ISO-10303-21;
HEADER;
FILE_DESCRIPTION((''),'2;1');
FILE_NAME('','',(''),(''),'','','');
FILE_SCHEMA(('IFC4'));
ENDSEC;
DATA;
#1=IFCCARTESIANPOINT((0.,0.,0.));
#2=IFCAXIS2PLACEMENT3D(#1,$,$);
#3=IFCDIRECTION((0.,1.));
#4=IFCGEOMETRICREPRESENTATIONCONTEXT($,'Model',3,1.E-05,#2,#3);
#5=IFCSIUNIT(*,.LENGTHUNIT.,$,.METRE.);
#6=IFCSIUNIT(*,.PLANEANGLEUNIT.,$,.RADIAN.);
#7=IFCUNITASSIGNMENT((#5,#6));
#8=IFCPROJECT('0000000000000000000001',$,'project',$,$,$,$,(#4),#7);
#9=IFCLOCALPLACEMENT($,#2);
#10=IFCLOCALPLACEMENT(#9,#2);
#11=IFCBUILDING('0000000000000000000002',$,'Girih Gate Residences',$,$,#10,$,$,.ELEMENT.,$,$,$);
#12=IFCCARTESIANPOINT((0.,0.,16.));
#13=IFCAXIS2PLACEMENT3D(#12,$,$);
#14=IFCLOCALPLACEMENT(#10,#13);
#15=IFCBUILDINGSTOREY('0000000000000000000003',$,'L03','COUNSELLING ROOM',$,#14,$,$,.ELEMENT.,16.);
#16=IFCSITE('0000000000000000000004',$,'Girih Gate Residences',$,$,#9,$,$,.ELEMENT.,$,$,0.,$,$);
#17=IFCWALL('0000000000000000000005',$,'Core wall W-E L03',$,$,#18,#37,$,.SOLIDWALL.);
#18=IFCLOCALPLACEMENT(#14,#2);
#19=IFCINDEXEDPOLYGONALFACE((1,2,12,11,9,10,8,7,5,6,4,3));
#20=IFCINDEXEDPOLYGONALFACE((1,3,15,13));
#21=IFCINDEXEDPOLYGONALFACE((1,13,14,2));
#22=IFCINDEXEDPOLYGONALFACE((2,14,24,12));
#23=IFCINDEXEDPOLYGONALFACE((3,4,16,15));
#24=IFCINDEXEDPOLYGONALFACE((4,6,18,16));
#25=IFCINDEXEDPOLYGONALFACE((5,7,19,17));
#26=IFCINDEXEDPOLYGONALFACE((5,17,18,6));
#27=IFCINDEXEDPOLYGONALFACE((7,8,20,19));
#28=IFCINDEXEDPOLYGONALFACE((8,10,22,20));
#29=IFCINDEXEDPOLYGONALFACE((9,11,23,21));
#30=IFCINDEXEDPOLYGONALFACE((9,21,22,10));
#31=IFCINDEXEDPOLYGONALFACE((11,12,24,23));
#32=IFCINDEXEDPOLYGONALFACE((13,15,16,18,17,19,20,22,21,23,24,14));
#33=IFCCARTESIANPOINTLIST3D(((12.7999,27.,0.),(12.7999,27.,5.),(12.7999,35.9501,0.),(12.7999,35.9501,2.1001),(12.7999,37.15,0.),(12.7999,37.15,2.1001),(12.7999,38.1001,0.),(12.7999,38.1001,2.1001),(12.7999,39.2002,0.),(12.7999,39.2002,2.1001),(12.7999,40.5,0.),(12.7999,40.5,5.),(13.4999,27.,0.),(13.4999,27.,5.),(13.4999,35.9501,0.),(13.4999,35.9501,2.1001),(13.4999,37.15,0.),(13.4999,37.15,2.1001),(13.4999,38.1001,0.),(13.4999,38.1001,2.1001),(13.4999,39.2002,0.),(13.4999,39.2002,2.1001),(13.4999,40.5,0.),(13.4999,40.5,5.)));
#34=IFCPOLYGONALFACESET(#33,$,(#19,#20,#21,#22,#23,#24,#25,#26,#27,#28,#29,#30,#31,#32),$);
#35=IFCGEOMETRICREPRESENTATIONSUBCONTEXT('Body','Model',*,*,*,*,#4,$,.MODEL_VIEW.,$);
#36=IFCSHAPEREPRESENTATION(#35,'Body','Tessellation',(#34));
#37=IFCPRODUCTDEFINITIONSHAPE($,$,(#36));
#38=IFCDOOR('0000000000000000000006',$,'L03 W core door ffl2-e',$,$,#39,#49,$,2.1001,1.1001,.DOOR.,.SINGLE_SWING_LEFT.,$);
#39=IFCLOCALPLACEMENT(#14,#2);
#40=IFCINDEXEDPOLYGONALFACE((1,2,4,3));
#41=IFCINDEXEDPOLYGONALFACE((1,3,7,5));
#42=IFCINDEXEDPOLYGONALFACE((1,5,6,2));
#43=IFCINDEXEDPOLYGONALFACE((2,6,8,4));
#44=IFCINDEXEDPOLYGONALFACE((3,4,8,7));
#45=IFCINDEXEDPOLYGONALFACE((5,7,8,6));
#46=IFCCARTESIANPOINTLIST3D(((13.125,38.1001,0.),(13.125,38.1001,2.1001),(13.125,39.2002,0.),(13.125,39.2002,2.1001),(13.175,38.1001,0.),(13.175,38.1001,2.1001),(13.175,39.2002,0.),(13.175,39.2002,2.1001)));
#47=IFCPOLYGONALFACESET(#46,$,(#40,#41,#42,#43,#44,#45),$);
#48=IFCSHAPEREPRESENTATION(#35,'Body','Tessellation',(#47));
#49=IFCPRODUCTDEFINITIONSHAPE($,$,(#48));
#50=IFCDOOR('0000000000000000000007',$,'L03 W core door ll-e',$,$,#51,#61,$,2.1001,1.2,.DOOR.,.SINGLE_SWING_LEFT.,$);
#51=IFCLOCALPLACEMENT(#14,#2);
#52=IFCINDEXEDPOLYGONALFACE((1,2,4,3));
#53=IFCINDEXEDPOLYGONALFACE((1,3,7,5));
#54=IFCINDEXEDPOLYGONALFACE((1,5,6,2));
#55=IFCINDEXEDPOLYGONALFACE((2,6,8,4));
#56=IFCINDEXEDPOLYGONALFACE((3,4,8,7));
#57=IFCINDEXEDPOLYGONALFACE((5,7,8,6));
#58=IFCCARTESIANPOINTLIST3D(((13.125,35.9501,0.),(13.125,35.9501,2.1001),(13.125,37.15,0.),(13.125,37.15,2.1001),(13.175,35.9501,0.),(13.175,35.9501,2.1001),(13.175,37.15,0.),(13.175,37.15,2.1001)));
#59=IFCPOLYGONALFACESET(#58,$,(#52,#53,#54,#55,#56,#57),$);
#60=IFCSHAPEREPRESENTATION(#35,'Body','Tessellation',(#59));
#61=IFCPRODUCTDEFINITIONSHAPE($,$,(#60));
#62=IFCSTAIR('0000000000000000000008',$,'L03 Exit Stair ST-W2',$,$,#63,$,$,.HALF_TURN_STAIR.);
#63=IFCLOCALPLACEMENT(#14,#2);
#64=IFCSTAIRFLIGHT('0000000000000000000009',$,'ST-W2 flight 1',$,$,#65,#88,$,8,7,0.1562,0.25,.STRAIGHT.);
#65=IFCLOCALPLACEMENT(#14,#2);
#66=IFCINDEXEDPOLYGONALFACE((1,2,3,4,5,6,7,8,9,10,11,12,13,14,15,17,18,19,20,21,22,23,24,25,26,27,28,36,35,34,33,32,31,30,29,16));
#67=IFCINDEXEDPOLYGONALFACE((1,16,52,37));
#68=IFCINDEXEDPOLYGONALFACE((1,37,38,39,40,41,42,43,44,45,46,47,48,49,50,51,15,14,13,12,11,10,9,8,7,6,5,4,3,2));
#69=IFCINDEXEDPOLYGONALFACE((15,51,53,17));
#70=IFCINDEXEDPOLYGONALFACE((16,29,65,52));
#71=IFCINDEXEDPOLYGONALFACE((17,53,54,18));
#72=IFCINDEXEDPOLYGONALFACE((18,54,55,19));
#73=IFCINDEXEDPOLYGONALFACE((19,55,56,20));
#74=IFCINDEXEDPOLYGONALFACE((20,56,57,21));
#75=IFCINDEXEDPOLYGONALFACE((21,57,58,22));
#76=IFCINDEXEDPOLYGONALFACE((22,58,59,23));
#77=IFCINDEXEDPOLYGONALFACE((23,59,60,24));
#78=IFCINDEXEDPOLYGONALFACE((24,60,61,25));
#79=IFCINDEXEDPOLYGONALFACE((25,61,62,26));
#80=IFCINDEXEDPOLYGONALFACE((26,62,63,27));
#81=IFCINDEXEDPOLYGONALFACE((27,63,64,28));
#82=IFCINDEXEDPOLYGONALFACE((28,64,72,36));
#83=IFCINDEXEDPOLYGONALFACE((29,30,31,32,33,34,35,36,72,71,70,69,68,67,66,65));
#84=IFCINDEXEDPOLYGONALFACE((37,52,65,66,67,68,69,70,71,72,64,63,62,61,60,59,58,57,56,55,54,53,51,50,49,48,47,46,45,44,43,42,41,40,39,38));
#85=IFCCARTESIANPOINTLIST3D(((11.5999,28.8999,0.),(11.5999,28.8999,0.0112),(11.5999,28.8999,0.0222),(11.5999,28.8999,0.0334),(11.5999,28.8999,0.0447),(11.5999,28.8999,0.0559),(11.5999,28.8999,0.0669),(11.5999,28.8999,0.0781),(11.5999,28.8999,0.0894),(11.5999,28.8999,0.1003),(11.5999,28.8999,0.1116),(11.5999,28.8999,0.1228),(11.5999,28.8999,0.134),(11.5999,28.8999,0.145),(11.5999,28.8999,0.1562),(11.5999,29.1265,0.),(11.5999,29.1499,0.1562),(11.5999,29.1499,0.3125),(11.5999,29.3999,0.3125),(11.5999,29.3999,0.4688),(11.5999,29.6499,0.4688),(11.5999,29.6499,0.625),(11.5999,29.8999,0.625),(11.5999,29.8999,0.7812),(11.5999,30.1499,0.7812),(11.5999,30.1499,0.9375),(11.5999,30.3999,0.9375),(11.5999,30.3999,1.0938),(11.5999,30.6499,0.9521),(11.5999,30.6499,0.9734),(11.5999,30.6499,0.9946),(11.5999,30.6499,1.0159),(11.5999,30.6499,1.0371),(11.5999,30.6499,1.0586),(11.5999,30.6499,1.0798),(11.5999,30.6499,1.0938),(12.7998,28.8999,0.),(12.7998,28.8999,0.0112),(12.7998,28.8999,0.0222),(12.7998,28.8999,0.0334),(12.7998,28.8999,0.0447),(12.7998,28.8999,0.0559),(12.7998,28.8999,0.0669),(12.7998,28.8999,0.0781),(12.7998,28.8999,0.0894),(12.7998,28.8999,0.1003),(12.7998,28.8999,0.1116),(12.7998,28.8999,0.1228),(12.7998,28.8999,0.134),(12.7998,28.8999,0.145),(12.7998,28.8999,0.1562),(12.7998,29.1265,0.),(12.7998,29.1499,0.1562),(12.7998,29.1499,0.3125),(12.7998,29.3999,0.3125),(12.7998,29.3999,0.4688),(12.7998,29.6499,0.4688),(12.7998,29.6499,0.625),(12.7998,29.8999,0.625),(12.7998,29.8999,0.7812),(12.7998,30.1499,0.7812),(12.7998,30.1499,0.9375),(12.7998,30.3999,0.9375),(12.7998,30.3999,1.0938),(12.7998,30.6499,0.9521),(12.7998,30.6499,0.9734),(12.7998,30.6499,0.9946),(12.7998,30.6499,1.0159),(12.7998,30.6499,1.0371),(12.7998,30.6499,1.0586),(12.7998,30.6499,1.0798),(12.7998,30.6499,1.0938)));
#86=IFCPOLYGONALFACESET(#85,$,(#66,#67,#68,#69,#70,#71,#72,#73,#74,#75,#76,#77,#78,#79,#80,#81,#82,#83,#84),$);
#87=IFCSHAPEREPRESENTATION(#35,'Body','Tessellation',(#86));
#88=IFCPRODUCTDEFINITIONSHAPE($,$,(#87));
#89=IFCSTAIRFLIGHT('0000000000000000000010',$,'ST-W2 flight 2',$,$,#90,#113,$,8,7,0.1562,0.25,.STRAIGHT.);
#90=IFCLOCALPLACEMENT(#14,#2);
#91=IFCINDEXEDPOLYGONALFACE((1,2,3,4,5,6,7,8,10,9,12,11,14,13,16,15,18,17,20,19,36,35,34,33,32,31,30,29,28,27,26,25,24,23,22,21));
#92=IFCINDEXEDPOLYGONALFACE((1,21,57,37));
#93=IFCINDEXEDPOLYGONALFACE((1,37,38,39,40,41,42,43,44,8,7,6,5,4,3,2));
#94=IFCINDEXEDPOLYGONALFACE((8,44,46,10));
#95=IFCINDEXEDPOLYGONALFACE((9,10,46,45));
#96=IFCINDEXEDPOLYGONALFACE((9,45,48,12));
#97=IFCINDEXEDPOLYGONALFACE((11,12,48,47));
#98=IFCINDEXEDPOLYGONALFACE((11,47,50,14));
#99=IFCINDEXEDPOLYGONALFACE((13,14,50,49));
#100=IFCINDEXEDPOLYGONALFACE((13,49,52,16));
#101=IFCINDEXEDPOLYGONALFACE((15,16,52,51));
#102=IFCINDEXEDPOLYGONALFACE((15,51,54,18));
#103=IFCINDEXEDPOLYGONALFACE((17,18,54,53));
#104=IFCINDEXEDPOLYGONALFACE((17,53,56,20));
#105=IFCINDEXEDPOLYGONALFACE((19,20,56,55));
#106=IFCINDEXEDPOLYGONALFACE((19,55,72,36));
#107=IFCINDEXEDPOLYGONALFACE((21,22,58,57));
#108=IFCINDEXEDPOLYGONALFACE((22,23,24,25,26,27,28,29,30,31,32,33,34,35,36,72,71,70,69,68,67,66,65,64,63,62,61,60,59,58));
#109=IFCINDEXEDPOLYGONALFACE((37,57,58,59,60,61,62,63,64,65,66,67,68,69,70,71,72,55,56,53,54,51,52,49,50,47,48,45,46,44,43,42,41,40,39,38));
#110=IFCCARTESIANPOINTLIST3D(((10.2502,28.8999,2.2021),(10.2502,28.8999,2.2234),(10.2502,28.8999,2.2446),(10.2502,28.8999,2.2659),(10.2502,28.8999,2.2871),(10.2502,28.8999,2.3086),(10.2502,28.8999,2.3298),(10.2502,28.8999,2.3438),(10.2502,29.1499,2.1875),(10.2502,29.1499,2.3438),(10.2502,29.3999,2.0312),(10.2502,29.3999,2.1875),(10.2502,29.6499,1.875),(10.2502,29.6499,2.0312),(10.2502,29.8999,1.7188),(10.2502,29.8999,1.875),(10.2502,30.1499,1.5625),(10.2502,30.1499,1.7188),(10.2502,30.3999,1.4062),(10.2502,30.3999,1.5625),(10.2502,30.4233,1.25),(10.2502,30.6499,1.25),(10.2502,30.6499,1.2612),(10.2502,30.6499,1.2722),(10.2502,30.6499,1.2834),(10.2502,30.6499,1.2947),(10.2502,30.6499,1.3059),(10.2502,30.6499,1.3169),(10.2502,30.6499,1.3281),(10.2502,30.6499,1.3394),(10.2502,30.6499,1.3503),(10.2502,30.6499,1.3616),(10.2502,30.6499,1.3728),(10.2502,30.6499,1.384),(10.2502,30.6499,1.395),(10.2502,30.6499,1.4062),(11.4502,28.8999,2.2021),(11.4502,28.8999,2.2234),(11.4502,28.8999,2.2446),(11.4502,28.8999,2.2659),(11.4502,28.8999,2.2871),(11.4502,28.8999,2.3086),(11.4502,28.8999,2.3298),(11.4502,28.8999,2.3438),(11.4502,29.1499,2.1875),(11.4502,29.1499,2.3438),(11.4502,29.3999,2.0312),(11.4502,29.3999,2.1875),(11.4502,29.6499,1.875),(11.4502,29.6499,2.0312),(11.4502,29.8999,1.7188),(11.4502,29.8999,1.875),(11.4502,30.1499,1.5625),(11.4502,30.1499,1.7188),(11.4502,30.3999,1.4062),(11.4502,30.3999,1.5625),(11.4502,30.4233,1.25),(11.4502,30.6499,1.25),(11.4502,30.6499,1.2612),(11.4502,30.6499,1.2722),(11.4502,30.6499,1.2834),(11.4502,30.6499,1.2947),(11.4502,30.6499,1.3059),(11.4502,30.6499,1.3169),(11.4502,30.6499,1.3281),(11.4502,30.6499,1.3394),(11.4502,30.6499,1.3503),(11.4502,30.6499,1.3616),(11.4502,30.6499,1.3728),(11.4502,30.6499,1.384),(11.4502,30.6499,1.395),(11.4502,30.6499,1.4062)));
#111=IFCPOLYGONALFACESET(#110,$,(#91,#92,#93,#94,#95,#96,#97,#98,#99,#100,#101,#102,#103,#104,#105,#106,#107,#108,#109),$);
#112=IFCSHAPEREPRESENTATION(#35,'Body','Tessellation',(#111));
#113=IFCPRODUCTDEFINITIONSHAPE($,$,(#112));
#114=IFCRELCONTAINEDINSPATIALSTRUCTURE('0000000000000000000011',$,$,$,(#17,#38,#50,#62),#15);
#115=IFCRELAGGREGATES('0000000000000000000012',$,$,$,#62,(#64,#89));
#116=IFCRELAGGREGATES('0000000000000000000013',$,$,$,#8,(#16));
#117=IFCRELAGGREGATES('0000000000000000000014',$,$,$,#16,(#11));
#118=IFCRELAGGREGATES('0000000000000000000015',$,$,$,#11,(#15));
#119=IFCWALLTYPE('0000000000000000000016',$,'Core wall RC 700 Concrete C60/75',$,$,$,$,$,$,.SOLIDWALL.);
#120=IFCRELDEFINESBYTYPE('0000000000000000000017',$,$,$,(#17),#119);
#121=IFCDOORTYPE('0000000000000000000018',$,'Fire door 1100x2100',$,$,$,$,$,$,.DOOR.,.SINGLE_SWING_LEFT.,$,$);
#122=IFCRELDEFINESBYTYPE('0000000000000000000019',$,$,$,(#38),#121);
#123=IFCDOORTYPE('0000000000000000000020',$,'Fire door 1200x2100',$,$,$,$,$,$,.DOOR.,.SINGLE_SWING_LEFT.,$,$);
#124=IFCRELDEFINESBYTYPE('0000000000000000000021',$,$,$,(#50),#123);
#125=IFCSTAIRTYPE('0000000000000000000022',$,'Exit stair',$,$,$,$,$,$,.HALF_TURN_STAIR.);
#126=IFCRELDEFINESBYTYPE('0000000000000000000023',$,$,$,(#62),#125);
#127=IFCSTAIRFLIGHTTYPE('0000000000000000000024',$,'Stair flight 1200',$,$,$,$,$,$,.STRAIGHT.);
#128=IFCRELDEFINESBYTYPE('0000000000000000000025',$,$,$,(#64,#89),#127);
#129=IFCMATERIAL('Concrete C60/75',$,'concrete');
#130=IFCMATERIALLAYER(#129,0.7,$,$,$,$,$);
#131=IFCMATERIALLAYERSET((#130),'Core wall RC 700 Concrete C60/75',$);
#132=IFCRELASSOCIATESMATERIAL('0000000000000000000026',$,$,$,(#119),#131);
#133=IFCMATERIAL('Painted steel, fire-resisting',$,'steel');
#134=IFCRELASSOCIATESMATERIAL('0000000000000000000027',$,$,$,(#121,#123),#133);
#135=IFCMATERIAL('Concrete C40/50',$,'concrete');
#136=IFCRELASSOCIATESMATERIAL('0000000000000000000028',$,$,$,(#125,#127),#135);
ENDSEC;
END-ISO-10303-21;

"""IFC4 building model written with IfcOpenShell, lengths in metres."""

from ifc_helpers import new_model, si_unit, direction, frame, frame_2d, origin, place, context, subcontext, project, spatial, polyline, rectangle, outline, extrude, material, layer, layer_set, type_object, element, fill, aggregate, save


model = new_model("IFC4")

# Units and contexts
model_context = context("Model", 3, precision=1e-05, world=origin(), true_north=direction((0.0, 1.0)))
body_context = subcontext(model_context, "Body", "Model", "MODEL_VIEW")
ifc_project = project(units=[si_unit("LENGTHUNIT", "METRE"), si_unit("PLANEANGLEUNIT", "RADIAN")], contexts=[model_context])

# Site, building, storey
site_placement = place(None, origin())
site = spatial("IfcSite", under=ifc_project, at=site_placement, Name="Girih Gate Residences", CompositionType="ELEMENT", RefElevation=0.0)
building_placement = place(site_placement, origin())
building = spatial("IfcBuilding", under=site, at=building_placement, Name="Girih Gate Residences", CompositionType="ELEMENT")
storey_placement = place(building_placement, frame((0.0, 0.0, 16.0)))
storey = spatial("IfcBuildingStorey", under=building, at=storey_placement, Name="L03", Description="COUNSELLING ROOM", CompositionType="ELEMENT", Elevation=16.0)

# Shared definitions
ifc_material_1 = material(Name="Concrete C60/75", Category="concrete")

# Wall, openings, doors
ifc_layer_1 = layer(ifc_material_1, 0.7)
ifc_layer_set_1 = layer_set([ifc_layer_1], Name="Core wall RC 700 Concrete C60/75")
wall_type = type_object("IfcWallType", Name="Core wall RC 700 Concrete C60/75", PredefinedType="SOLIDWALL", material=ifc_layer_set_1)
wall_placement = place(storey_placement, frame((13.1499, 27.0, 0.0), z_axis=(0.0, 0.0, 1.0), x_axis=(0.0, 1.0, 0.0)))
wall = element("IfcWall", 1, at=wall_placement, inside=storey, type_object=wall_type, Name="Core wall W-E L03", PredefinedType="SOLIDWALL", context=body_context, shape_type="SweptSolid", body=[
    extrude(rectangle(XDim=13.5, YDim=0.7, at=frame_2d((6.75, 0.0))), origin(), (0.0, 0.0, 1.0), 5.0),
])
opening_1_placement = place(wall_placement, frame((11.1001, 0.0, 0.0)))
opening_1 = element("IfcOpeningElement", 2, at=opening_1_placement, cuts=wall, PredefinedType="OPENING", context=body_context, shape_type="SweptSolid", body=[
    extrude(rectangle(XDim=1.1001, YDim=2.1001, at=frame_2d((0.55, 1.05))), frame((0.0, 0.3599, 0.0), z_axis=(0.0, -1.0, 0.0), x_axis=(1.0, 0.0, 0.0)), (0.0, 0.0, 1.0), 0.72),
])
opening_2_placement = place(wall_placement, frame((8.95, 0.0, 0.0)))
opening_2 = element("IfcOpeningElement", 3, at=opening_2_placement, cuts=wall, PredefinedType="OPENING", context=body_context, shape_type="SweptSolid", body=[
    extrude(rectangle(XDim=1.2, YDim=2.1001, at=frame_2d((0.6001, 1.05))), frame((0.0, 0.3599, 0.0), z_axis=(0.0, -1.0, 0.0), x_axis=(1.0, 0.0, 0.0)), (0.0, 0.0, 1.0), 0.72),
])
ifc_material_2 = material(Name="Painted steel, fire-resisting", Category="steel")
door_type_1 = type_object("IfcDoorType", Name="Fire door 1100x2100", OperationType="SINGLE_SWING_LEFT", PredefinedType="DOOR", material=ifc_material_2)
door_1_placement = place(opening_1_placement, origin())
door_1 = element("IfcDoor", 4, at=door_1_placement, inside=storey, type_object=door_type_1, Name="L03 W core door ffl2-e", OperationType="SINGLE_SWING_LEFT", OverallHeight=2.1001, OverallWidth=1.1001, PredefinedType="DOOR", context=body_context, shape_type="SweptSolid", body=[
    extrude(rectangle(XDim=1.1001, YDim=2.1001, at=frame_2d((0.55, 1.05))), frame((0.0, 0.0249, 0.0), z_axis=(0.0, -1.0, 0.0), x_axis=(1.0, 0.0, 0.0)), (0.0, 0.0, 1.0), 0.05),
])
fill(opening_1, door_1)
door_type_2 = type_object("IfcDoorType", Name="Fire door 1200x2100", OperationType="SINGLE_SWING_LEFT", PredefinedType="DOOR", material=ifc_material_2)
door_2_placement = place(opening_2_placement, origin())
door_2 = element("IfcDoor", 5, at=door_2_placement, inside=storey, type_object=door_type_2, Name="L03 W core door ll-e", OperationType="SINGLE_SWING_LEFT", OverallHeight=2.1001, OverallWidth=1.2, PredefinedType="DOOR", context=body_context, shape_type="SweptSolid", body=[
    extrude(rectangle(XDim=1.2, YDim=2.1001, at=frame_2d((0.6001, 1.05))), frame((0.0, 0.0249, 0.0), z_axis=(0.0, -1.0, 0.0), x_axis=(1.0, 0.0, 0.0)), (0.0, 0.0, 1.0), 0.05),
])
fill(opening_2, door_2)

# Stair, stair flights
ifc_material_3 = material(Name="Concrete C40/50", Category="concrete")
stair_type = type_object("IfcStairType", Name="Exit stair", PredefinedType="HALF_TURN_STAIR", material=ifc_material_3)
stair_placement = place(storey_placement, origin())
stair = element("IfcStair", 6, at=stair_placement, inside=storey, type_object=stair_type, Name="L03 Exit Stair ST-W2", PredefinedType="HALF_TURN_STAIR")
stair_flight_type = type_object("IfcStairFlightType", Name="Stair flight 1200", PredefinedType="STRAIGHT", material=ifc_material_3)
stair_flight_1_placement = place(storey_placement, frame((12.2, 28.8999, 0.0), z_axis=(0.0, 0.0, 1.0), x_axis=(0.0, 1.0, 0.0)))
stair_flight_1 = element("IfcStairFlight", 7, at=stair_flight_1_placement, type_object=stair_flight_type, Name="ST-W2 flight 1", NumberOfRisers=8, NumberOfTreads=7, PredefinedType="STRAIGHT", RiserHeight=0.1562, TreadLength=0.25, context=body_context, shape_type="SweptSolid", body=[
    extrude(outline(polyline([(0.0, 0.0), (0.0, 0.0112), (0.0, 0.0222), (0.0, 0.0334), (0.0, 0.0447), (0.0, 0.0559), (0.0, 0.0669), (0.0, 0.0781), (0.0, 0.0894), (0.0, 0.1003), (0.0, 0.1116), (0.0, 0.1228), (0.0, 0.134), (0.0, 0.145), (0.0, 0.1562), (0.25, 0.1562), (0.25, 0.3125), (0.5, 0.3125), (0.5, 0.4688), (0.75, 0.4688), (0.75, 0.625), (1.0, 0.625), (1.0, 0.7812), (1.25, 0.7812), (1.25, 0.9375), (1.5, 0.9375), (1.5, 1.0938), (1.75, 1.0938), (1.75, 1.105), (1.75, 1.116), (1.75, 1.1272), (1.75, 1.1384), (1.75, 1.1497), (1.75, 1.1606), (1.75, 1.1719), (1.75, 1.1831), (1.75, 1.1941), (1.75, 1.2053), (1.75, 1.2166), (1.75, 1.2278), (1.75, 1.2388), (1.75, 1.25), (1.75, 1.2288), (1.75, 1.2075), (1.75, 1.1863), (1.75, 1.1648), (1.75, 1.1436), (1.75, 1.1223), (1.75, 1.1011), (1.75, 1.0798), (1.75, 1.0586), (1.75, 1.0371), (1.75, 1.0159), (1.75, 0.9946), (1.75, 0.9734), (1.75, 0.9521), (0.2266, 0.0), (0.0, 0.0)])), frame((0.0, 0.6001, 0.0), z_axis=(0.0, -1.0, 0.0), x_axis=(1.0, 0.0, 0.0)), (0.0, 0.0, 1.0), 1.2),
])
stair_flight_2_placement = place(storey_placement, frame((10.8501, 30.6499, 1.25), z_axis=(0.0, 0.0, 1.0), x_axis=(0.0, -1.0, 0.0)))
stair_flight_2 = element("IfcStairFlight", 8, at=stair_flight_2_placement, type_object=stair_flight_type, Name="ST-W2 flight 2", NumberOfRisers=8, NumberOfTreads=7, PredefinedType="STRAIGHT", RiserHeight=0.1562, TreadLength=0.25, context=body_context, shape_type="SweptSolid", body=[
    extrude(outline(polyline([(0.0, 0.0), (0.0, 0.0112), (0.0, 0.0222), (0.0, 0.0334), (0.0, 0.0447), (0.0, 0.0559), (0.0, 0.0669), (0.0, 0.0781), (0.0, 0.0894), (0.0, 0.1003), (0.0, 0.1116), (0.0, 0.1228), (0.0, 0.134), (0.0, 0.145), (0.0, 0.1562), (0.25, 0.1562), (0.25, 0.3125), (0.5, 0.3125), (0.5, 0.4688), (0.75, 0.4688), (0.75, 0.625), (1.0, 0.625), (1.0, 0.7812), (1.25, 0.7812), (1.25, 0.9375), (1.5, 0.9375), (1.5, 1.0938), (1.75, 1.0938), (1.75, 1.105), (1.75, 1.116), (1.75, 1.1272), (1.75, 1.1384), (1.75, 1.1497), (1.75, 1.1606), (1.75, 1.1719), (1.75, 1.1831), (1.75, 1.1941), (1.75, 1.2053), (1.75, 1.2166), (1.75, 1.2278), (1.75, 1.2388), (1.75, 1.25), (1.75, 1.2288), (1.75, 1.2075), (1.75, 1.1863), (1.75, 1.1648), (1.75, 1.1436), (1.75, 1.1223), (1.75, 1.1011), (1.75, 1.0798), (1.75, 1.0586), (1.75, 1.0371), (1.75, 1.0159), (1.75, 0.9946), (1.75, 0.9734), (1.75, 0.9521), (0.2266, 0.0), (0.0, 0.0)])), frame((0.0, 0.6001, 0.0), z_axis=(0.0, -1.0, 0.0), x_axis=(1.0, 0.0, 0.0)), (0.0, 0.0, 1.0), 1.2),
])
aggregate(stair, [stair_flight_1, stair_flight_2])

save(model, "model.ifc")
